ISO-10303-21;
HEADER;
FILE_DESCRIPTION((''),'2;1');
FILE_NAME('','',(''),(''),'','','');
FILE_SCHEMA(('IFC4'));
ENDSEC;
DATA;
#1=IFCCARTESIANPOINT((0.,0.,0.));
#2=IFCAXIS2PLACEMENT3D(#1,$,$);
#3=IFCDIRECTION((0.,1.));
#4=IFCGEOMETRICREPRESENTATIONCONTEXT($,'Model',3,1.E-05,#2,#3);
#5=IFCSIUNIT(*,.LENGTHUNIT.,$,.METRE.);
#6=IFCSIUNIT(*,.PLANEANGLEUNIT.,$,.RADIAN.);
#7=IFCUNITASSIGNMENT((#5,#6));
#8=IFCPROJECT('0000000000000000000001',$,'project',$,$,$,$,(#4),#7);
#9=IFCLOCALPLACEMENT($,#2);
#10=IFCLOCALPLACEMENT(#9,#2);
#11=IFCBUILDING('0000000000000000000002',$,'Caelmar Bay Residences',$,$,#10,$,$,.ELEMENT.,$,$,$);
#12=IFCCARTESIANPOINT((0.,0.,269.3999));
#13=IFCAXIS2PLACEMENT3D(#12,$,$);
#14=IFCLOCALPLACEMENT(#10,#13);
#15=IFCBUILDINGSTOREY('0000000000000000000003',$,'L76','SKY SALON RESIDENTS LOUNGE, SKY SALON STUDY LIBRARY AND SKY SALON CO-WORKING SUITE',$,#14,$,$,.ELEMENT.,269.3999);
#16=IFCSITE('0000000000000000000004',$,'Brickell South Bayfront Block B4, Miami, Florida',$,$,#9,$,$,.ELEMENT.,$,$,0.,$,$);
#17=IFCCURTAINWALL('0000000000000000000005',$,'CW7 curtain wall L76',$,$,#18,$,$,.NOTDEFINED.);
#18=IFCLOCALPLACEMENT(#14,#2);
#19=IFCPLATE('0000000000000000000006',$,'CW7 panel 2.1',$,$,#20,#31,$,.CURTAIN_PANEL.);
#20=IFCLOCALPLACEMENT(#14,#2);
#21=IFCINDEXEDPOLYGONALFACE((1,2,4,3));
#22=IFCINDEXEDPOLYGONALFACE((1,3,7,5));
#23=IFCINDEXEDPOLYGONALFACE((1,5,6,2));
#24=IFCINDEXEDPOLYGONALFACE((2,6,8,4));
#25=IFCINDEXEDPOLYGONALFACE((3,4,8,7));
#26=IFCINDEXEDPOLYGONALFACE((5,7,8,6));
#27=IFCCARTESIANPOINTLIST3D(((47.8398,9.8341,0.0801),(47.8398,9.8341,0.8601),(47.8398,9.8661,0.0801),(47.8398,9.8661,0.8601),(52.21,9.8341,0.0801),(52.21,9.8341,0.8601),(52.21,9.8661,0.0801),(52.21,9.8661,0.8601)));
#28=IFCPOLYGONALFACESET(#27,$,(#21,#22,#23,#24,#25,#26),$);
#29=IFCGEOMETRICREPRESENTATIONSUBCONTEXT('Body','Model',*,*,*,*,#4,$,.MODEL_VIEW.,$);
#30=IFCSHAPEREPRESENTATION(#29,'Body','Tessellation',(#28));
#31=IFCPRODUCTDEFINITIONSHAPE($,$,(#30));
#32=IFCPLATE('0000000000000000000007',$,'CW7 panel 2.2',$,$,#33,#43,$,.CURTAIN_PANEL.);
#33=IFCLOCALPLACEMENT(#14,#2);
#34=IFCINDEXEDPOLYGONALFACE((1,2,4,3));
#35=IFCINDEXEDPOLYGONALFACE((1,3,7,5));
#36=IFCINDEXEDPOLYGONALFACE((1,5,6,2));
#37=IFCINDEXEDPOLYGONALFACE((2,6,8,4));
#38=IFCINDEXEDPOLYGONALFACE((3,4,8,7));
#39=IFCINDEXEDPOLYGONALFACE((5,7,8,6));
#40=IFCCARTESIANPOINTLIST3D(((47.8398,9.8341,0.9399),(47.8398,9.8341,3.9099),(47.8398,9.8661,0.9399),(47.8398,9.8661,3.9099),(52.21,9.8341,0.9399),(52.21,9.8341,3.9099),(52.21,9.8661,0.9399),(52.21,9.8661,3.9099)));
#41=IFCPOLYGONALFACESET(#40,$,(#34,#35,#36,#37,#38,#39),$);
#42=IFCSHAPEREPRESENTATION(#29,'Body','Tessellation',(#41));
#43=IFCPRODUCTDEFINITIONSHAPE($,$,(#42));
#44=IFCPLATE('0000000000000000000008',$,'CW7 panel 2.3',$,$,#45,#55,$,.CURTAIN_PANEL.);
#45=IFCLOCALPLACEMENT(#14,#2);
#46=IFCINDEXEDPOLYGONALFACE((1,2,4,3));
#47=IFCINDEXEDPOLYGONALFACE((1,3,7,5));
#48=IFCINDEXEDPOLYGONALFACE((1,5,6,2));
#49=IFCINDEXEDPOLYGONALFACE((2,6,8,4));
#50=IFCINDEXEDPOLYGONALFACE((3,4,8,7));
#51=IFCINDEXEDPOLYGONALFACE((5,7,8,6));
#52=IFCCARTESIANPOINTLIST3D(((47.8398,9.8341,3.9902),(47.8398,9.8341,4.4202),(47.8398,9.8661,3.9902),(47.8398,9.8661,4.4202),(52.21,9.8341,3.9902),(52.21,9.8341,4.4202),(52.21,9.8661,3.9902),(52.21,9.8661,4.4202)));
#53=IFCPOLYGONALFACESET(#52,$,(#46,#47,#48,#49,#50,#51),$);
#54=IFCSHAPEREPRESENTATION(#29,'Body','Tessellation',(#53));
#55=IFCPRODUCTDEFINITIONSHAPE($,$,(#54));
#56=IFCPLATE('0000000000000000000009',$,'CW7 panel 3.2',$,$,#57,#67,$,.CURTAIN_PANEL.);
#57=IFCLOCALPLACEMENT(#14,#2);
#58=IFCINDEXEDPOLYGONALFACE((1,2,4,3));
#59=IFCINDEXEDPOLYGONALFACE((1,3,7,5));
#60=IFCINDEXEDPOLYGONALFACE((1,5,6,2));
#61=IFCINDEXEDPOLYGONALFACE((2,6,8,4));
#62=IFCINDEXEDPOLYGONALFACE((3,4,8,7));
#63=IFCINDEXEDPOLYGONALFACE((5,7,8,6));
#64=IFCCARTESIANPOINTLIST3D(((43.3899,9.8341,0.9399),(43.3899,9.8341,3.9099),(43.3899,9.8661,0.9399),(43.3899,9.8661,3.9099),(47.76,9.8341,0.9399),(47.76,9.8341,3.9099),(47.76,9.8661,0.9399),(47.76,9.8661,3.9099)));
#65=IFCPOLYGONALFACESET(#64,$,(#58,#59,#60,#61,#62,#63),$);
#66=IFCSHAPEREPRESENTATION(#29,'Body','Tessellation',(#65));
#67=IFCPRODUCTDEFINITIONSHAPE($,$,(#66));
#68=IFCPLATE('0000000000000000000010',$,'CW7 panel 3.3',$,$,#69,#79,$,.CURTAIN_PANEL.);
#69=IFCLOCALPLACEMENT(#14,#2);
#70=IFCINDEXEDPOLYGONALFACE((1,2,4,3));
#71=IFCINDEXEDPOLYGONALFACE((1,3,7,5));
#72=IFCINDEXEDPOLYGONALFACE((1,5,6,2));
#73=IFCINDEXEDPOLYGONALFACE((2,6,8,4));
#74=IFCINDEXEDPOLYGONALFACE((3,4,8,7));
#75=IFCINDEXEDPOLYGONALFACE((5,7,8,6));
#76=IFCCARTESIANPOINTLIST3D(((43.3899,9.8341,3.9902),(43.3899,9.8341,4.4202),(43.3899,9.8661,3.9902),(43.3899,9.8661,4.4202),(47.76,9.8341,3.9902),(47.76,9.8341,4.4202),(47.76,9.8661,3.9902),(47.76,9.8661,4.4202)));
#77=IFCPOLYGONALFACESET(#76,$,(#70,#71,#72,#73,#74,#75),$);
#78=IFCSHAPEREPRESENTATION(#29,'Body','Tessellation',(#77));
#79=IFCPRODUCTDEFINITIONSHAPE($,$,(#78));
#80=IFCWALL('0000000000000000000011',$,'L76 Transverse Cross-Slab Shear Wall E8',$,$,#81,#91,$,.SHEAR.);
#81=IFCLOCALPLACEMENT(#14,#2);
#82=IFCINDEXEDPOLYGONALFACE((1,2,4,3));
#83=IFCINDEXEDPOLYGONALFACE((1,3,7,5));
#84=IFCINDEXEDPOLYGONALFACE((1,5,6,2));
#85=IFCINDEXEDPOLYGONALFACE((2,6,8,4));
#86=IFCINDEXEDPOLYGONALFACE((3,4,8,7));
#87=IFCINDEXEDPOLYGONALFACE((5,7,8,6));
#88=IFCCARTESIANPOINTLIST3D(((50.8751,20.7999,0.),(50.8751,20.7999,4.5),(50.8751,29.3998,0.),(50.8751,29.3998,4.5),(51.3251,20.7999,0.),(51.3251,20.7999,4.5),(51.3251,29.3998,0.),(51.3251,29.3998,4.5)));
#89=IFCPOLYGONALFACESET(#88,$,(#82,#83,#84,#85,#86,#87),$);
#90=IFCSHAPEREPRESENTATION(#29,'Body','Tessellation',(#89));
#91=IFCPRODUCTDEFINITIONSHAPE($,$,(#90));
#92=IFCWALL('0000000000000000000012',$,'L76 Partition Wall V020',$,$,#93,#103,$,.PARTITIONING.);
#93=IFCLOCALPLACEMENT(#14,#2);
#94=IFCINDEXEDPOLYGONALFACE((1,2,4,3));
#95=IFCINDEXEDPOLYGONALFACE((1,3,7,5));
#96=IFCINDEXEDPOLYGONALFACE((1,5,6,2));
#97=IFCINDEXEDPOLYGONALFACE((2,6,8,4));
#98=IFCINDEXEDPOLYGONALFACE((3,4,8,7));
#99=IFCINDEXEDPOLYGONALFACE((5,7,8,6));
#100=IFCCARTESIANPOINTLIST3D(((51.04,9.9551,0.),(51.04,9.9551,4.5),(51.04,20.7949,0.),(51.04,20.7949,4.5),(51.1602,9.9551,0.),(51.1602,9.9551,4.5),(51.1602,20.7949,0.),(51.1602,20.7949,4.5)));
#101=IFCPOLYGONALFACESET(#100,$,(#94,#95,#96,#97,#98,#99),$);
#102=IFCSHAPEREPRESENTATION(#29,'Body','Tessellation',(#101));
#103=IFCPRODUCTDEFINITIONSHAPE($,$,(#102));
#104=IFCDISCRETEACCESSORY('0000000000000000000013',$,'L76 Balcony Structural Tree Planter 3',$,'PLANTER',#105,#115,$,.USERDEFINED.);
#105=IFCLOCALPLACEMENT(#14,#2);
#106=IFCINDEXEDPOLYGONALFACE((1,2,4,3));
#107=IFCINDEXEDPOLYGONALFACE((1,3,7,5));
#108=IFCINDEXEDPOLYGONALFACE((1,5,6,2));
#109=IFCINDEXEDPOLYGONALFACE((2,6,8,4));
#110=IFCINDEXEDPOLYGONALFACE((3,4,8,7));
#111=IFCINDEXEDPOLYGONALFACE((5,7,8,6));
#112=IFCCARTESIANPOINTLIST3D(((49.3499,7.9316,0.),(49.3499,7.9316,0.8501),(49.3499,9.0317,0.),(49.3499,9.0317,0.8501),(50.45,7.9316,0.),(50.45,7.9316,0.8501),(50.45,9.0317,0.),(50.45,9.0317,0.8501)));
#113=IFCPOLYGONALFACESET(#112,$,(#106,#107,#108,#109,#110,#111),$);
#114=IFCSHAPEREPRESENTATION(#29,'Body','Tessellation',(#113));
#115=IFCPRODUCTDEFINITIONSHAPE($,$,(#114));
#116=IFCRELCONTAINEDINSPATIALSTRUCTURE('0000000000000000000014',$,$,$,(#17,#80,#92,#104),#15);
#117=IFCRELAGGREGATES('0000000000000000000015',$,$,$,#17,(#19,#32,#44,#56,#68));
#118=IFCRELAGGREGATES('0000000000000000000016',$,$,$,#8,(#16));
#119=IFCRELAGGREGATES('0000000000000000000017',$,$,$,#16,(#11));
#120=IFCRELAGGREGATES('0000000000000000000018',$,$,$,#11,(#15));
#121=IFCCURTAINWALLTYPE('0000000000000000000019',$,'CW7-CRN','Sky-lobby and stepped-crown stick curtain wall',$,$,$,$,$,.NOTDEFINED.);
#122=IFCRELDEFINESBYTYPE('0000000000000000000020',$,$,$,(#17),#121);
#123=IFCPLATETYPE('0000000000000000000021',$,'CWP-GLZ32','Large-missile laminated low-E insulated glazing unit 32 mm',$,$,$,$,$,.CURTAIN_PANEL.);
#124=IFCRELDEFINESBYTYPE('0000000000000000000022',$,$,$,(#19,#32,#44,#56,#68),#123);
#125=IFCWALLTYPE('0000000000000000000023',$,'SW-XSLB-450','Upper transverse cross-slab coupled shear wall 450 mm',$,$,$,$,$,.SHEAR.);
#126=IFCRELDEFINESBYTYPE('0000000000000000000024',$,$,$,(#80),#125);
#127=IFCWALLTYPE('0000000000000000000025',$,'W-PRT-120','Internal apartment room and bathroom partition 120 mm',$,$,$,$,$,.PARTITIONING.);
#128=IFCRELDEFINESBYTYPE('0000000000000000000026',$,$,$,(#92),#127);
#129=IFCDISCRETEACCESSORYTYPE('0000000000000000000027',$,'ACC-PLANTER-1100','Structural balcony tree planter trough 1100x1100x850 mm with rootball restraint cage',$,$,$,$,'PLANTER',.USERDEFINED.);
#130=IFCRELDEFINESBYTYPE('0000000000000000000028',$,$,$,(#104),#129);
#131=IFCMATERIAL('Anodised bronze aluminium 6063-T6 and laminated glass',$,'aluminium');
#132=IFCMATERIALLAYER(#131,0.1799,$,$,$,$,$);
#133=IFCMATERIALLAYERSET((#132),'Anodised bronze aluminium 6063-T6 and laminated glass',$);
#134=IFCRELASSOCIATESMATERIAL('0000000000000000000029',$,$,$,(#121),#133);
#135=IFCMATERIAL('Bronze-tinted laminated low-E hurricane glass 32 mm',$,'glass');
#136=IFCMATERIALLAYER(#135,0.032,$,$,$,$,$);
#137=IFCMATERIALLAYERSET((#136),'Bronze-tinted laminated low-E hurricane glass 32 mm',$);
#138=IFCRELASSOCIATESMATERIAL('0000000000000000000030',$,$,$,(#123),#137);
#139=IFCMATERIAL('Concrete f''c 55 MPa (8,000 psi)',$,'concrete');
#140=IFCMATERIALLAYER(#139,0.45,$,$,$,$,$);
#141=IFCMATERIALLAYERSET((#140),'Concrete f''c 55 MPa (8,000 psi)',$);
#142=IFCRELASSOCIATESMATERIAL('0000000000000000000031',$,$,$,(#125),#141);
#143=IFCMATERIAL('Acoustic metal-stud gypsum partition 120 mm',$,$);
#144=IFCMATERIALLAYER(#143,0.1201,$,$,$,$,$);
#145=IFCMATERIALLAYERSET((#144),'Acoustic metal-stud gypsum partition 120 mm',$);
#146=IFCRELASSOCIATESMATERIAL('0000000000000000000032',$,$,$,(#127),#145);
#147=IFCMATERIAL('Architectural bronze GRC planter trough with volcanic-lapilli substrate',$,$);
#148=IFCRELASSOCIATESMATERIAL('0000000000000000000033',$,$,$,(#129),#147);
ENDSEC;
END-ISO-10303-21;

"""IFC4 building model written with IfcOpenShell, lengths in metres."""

from ifc_helpers import new_model, si_unit, direction, frame, frame_2d, origin, origin_2d, place, context, subcontext, project, spatial, rectangle, extrude, material, layer, layer_set, type_object, element, aggregate, save


model = new_model("IFC4")

# Units and contexts
model_context = context("Model", 3, precision=1e-05, world=origin(), true_north=direction((0.0, 1.0)))
body_context = subcontext(model_context, "Body", "Model", "MODEL_VIEW")
ifc_project = project(units=[si_unit("LENGTHUNIT", "METRE"), si_unit("PLANEANGLEUNIT", "RADIAN")], contexts=[model_context])

# Site, building, storey
site_placement = place(None, origin())
site = spatial("IfcSite", under=ifc_project, at=site_placement, Name="Brickell South Bayfront Block B4, Miami, Florida", CompositionType="ELEMENT", RefElevation=0.0)
building_placement = place(site_placement, origin())
building = spatial("IfcBuilding", under=site, at=building_placement, Name="Caelmar Bay Residences", CompositionType="ELEMENT")
storey_placement = place(building_placement, frame((0.0, 0.0, 269.3999)))
storey = spatial("IfcBuildingStorey", under=building, at=storey_placement, Name="L76", Description="SKY SALON RESIDENTS LOUNGE, SKY SALON STUDY LIBRARY AND SKY SALON CO-WORKING SUITE", CompositionType="ELEMENT", Elevation=269.3999)

# Shared definitions
ifc_material_1 = material(Name="Concrete f'c 55 MPa (8,000 psi)", Category="concrete")

# Curtain wall, plates
ifc_material_2 = material(Name="Anodised bronze aluminium 6063-T6 and laminated glass", Category="aluminium")
ifc_layer_1 = layer(ifc_material_2, 0.1799)
ifc_layer_set_1 = layer_set([ifc_layer_1], Name="Anodised bronze aluminium 6063-T6 and laminated glass")
curtain_wall_type = type_object("IfcCurtainWallType", Name="CW7-CRN", Description="Sky-lobby and stepped-crown stick curtain wall", PredefinedType="NOTDEFINED", material=ifc_layer_set_1)
curtain_wall_placement = place(storey_placement, origin())
curtain_wall = element("IfcCurtainWall", 1, at=curtain_wall_placement, inside=storey, type_object=curtain_wall_type, Name="CW7 curtain wall L76", PredefinedType="NOTDEFINED")
ifc_material_3 = material(Name="Bronze-tinted laminated low-E hurricane glass 32 mm", Category="glass")
ifc_layer_2 = layer(ifc_material_3, 0.032)
ifc_layer_set_2 = layer_set([ifc_layer_2], Name="Bronze-tinted laminated low-E hurricane glass 32 mm")
plate_type = type_object("IfcPlateType", Name="CWP-GLZ32", Description="Large-missile laminated low-E insulated glazing unit 32 mm", PredefinedType="CURTAIN_PANEL", material=ifc_layer_set_2)
plate_1_placement = place(storey_placement, frame((50.0249, 9.8501, 0.0801), z_axis=(0.0, 0.0, 1.0), x_axis=(-1.0, 0.0, 0.0)))
plate_1 = element("IfcPlate", 2, at=plate_1_placement, type_object=plate_type, Name="CW7 panel 2.1", PredefinedType="CURTAIN_PANEL", context=body_context, shape_type="SweptSolid", body=[
    extrude(rectangle(XDim=4.3701, YDim=0.032, at=origin_2d()), origin(), (0.0, 0.0, 1.0), 0.78),
])
plate_2_placement = place(storey_placement, frame((50.0249, 9.8501, 0.9399), z_axis=(0.0, 0.0, 1.0), x_axis=(-1.0, 0.0, 0.0)))
plate_2 = element("IfcPlate", 3, at=plate_2_placement, type_object=plate_type, Name="CW7 panel 2.2", PredefinedType="CURTAIN_PANEL", context=body_context, shape_type="SweptSolid", body=[
    extrude(rectangle(XDim=4.3701, YDim=0.032, at=origin_2d()), origin(), (0.0, 0.0, 1.0), 2.97),
])
plate_3_placement = place(storey_placement, frame((50.0249, 9.8501, 3.9902), z_axis=(0.0, 0.0, 1.0), x_axis=(-1.0, 0.0, 0.0)))
plate_3 = element("IfcPlate", 4, at=plate_3_placement, type_object=plate_type, Name="CW7 panel 2.3", PredefinedType="CURTAIN_PANEL", context=body_context, shape_type="SweptSolid", body=[
    extrude(rectangle(XDim=4.3701, YDim=0.032, at=origin_2d()), origin(), (0.0, 0.0, 1.0), 0.4299),
])
plate_4_placement = place(storey_placement, frame((45.575, 9.8501, 0.9399), z_axis=(0.0, 0.0, 1.0), x_axis=(-1.0, 0.0, 0.0)))
plate_4 = element("IfcPlate", 5, at=plate_4_placement, type_object=plate_type, Name="CW7 panel 3.2", PredefinedType="CURTAIN_PANEL", context=body_context, shape_type="SweptSolid", body=[
    extrude(rectangle(XDim=4.3701, YDim=0.032, at=origin_2d()), origin(), (0.0, 0.0, 1.0), 2.97),
])
plate_5_placement = place(storey_placement, frame((45.575, 9.8501, 3.9902), z_axis=(0.0, 0.0, 1.0), x_axis=(-1.0, 0.0, 0.0)))
plate_5 = element("IfcPlate", 6, at=plate_5_placement, type_object=plate_type, Name="CW7 panel 3.3", PredefinedType="CURTAIN_PANEL", context=body_context, shape_type="SweptSolid", body=[
    extrude(rectangle(XDim=4.3701, YDim=0.032, at=origin_2d()), origin(), (0.0, 0.0, 1.0), 0.4299),
])
aggregate(curtain_wall, [plate_1, plate_2, plate_3, plate_4, plate_5])

# Walls
ifc_layer_3 = layer(ifc_material_1, 0.45)
ifc_layer_set_3 = layer_set([ifc_layer_3], Name="Concrete f'c 55 MPa (8,000 psi)")
wall_type_1 = type_object("IfcWallType", Name="SW-XSLB-450", Description="Upper transverse cross-slab coupled shear wall 450 mm", PredefinedType="SHEAR", material=ifc_layer_set_3)
wall_1_placement = place(storey_placement, frame((51.1001, 20.8, 0.0), z_axis=(0.0, 0.0, 1.0), x_axis=(0.0, 1.0, 0.0)))
element("IfcWall", 7, at=wall_1_placement, inside=storey, type_object=wall_type_1, Name="L76 Transverse Cross-Slab Shear Wall E8", PredefinedType="SHEAR", context=body_context, shape_type="SweptSolid", body=[
    extrude(rectangle(XDim=8.5999, YDim=0.45, at=frame_2d((4.2998, 0.0))), origin(), (0.0, 0.0, 1.0), 4.5),
])
ifc_material_4 = material(Name="Acoustic metal-stud gypsum partition 120 mm")
ifc_layer_4 = layer(ifc_material_4, 0.1201)
ifc_layer_set_4 = layer_set([ifc_layer_4], Name="Acoustic metal-stud gypsum partition 120 mm")
wall_type_2 = type_object("IfcWallType", Name="W-PRT-120", Description="Internal apartment room and bathroom partition 120 mm", PredefinedType="PARTITIONING", material=ifc_layer_set_4)
wall_2_placement = place(storey_placement, frame((51.1001, 9.9551, 0.0), z_axis=(0.0, 0.0, 1.0), x_axis=(0.0, 1.0, 0.0)))
element("IfcWall", 8, at=wall_2_placement, inside=storey, type_object=wall_type_2, Name="L76 Partition Wall V020", PredefinedType="PARTITIONING", context=body_context, shape_type="SweptSolid", body=[
    extrude(rectangle(XDim=10.8398, YDim=0.1201, at=frame_2d((5.4199, 0.0))), origin(), (0.0, 0.0, 1.0), 4.5),
])

# Discrete accessory
ifc_material_5 = material(Name="Architectural bronze GRC planter trough with volcanic-lapilli substrate")
discrete_accessory_type = type_object("IfcDiscreteAccessoryType", Name="ACC-PLANTER-1100", Description="Structural balcony tree planter trough 1100x1100x850 mm with rootball restraint cage", ElementType="PLANTER", PredefinedType="USERDEFINED", material=ifc_material_5)
discrete_accessory_placement = place(storey_placement, frame((49.8999, 8.4817, 0.0), z_axis=(0.0, 0.0, 1.0), x_axis=(1.0, 0.0, 0.0)))
element("IfcDiscreteAccessory", 9, at=discrete_accessory_placement, inside=storey, type_object=discrete_accessory_type, Name="L76 Balcony Structural Tree Planter 3", ObjectType="PLANTER", PredefinedType="USERDEFINED", context=body_context, shape_type="SweptSolid", body=[
    extrude(rectangle(XDim=1.1001, YDim=1.1001, at=origin_2d()), origin(), (0.0, 0.0, 1.0), 0.8501),
])

save(model, "model.ifc")
